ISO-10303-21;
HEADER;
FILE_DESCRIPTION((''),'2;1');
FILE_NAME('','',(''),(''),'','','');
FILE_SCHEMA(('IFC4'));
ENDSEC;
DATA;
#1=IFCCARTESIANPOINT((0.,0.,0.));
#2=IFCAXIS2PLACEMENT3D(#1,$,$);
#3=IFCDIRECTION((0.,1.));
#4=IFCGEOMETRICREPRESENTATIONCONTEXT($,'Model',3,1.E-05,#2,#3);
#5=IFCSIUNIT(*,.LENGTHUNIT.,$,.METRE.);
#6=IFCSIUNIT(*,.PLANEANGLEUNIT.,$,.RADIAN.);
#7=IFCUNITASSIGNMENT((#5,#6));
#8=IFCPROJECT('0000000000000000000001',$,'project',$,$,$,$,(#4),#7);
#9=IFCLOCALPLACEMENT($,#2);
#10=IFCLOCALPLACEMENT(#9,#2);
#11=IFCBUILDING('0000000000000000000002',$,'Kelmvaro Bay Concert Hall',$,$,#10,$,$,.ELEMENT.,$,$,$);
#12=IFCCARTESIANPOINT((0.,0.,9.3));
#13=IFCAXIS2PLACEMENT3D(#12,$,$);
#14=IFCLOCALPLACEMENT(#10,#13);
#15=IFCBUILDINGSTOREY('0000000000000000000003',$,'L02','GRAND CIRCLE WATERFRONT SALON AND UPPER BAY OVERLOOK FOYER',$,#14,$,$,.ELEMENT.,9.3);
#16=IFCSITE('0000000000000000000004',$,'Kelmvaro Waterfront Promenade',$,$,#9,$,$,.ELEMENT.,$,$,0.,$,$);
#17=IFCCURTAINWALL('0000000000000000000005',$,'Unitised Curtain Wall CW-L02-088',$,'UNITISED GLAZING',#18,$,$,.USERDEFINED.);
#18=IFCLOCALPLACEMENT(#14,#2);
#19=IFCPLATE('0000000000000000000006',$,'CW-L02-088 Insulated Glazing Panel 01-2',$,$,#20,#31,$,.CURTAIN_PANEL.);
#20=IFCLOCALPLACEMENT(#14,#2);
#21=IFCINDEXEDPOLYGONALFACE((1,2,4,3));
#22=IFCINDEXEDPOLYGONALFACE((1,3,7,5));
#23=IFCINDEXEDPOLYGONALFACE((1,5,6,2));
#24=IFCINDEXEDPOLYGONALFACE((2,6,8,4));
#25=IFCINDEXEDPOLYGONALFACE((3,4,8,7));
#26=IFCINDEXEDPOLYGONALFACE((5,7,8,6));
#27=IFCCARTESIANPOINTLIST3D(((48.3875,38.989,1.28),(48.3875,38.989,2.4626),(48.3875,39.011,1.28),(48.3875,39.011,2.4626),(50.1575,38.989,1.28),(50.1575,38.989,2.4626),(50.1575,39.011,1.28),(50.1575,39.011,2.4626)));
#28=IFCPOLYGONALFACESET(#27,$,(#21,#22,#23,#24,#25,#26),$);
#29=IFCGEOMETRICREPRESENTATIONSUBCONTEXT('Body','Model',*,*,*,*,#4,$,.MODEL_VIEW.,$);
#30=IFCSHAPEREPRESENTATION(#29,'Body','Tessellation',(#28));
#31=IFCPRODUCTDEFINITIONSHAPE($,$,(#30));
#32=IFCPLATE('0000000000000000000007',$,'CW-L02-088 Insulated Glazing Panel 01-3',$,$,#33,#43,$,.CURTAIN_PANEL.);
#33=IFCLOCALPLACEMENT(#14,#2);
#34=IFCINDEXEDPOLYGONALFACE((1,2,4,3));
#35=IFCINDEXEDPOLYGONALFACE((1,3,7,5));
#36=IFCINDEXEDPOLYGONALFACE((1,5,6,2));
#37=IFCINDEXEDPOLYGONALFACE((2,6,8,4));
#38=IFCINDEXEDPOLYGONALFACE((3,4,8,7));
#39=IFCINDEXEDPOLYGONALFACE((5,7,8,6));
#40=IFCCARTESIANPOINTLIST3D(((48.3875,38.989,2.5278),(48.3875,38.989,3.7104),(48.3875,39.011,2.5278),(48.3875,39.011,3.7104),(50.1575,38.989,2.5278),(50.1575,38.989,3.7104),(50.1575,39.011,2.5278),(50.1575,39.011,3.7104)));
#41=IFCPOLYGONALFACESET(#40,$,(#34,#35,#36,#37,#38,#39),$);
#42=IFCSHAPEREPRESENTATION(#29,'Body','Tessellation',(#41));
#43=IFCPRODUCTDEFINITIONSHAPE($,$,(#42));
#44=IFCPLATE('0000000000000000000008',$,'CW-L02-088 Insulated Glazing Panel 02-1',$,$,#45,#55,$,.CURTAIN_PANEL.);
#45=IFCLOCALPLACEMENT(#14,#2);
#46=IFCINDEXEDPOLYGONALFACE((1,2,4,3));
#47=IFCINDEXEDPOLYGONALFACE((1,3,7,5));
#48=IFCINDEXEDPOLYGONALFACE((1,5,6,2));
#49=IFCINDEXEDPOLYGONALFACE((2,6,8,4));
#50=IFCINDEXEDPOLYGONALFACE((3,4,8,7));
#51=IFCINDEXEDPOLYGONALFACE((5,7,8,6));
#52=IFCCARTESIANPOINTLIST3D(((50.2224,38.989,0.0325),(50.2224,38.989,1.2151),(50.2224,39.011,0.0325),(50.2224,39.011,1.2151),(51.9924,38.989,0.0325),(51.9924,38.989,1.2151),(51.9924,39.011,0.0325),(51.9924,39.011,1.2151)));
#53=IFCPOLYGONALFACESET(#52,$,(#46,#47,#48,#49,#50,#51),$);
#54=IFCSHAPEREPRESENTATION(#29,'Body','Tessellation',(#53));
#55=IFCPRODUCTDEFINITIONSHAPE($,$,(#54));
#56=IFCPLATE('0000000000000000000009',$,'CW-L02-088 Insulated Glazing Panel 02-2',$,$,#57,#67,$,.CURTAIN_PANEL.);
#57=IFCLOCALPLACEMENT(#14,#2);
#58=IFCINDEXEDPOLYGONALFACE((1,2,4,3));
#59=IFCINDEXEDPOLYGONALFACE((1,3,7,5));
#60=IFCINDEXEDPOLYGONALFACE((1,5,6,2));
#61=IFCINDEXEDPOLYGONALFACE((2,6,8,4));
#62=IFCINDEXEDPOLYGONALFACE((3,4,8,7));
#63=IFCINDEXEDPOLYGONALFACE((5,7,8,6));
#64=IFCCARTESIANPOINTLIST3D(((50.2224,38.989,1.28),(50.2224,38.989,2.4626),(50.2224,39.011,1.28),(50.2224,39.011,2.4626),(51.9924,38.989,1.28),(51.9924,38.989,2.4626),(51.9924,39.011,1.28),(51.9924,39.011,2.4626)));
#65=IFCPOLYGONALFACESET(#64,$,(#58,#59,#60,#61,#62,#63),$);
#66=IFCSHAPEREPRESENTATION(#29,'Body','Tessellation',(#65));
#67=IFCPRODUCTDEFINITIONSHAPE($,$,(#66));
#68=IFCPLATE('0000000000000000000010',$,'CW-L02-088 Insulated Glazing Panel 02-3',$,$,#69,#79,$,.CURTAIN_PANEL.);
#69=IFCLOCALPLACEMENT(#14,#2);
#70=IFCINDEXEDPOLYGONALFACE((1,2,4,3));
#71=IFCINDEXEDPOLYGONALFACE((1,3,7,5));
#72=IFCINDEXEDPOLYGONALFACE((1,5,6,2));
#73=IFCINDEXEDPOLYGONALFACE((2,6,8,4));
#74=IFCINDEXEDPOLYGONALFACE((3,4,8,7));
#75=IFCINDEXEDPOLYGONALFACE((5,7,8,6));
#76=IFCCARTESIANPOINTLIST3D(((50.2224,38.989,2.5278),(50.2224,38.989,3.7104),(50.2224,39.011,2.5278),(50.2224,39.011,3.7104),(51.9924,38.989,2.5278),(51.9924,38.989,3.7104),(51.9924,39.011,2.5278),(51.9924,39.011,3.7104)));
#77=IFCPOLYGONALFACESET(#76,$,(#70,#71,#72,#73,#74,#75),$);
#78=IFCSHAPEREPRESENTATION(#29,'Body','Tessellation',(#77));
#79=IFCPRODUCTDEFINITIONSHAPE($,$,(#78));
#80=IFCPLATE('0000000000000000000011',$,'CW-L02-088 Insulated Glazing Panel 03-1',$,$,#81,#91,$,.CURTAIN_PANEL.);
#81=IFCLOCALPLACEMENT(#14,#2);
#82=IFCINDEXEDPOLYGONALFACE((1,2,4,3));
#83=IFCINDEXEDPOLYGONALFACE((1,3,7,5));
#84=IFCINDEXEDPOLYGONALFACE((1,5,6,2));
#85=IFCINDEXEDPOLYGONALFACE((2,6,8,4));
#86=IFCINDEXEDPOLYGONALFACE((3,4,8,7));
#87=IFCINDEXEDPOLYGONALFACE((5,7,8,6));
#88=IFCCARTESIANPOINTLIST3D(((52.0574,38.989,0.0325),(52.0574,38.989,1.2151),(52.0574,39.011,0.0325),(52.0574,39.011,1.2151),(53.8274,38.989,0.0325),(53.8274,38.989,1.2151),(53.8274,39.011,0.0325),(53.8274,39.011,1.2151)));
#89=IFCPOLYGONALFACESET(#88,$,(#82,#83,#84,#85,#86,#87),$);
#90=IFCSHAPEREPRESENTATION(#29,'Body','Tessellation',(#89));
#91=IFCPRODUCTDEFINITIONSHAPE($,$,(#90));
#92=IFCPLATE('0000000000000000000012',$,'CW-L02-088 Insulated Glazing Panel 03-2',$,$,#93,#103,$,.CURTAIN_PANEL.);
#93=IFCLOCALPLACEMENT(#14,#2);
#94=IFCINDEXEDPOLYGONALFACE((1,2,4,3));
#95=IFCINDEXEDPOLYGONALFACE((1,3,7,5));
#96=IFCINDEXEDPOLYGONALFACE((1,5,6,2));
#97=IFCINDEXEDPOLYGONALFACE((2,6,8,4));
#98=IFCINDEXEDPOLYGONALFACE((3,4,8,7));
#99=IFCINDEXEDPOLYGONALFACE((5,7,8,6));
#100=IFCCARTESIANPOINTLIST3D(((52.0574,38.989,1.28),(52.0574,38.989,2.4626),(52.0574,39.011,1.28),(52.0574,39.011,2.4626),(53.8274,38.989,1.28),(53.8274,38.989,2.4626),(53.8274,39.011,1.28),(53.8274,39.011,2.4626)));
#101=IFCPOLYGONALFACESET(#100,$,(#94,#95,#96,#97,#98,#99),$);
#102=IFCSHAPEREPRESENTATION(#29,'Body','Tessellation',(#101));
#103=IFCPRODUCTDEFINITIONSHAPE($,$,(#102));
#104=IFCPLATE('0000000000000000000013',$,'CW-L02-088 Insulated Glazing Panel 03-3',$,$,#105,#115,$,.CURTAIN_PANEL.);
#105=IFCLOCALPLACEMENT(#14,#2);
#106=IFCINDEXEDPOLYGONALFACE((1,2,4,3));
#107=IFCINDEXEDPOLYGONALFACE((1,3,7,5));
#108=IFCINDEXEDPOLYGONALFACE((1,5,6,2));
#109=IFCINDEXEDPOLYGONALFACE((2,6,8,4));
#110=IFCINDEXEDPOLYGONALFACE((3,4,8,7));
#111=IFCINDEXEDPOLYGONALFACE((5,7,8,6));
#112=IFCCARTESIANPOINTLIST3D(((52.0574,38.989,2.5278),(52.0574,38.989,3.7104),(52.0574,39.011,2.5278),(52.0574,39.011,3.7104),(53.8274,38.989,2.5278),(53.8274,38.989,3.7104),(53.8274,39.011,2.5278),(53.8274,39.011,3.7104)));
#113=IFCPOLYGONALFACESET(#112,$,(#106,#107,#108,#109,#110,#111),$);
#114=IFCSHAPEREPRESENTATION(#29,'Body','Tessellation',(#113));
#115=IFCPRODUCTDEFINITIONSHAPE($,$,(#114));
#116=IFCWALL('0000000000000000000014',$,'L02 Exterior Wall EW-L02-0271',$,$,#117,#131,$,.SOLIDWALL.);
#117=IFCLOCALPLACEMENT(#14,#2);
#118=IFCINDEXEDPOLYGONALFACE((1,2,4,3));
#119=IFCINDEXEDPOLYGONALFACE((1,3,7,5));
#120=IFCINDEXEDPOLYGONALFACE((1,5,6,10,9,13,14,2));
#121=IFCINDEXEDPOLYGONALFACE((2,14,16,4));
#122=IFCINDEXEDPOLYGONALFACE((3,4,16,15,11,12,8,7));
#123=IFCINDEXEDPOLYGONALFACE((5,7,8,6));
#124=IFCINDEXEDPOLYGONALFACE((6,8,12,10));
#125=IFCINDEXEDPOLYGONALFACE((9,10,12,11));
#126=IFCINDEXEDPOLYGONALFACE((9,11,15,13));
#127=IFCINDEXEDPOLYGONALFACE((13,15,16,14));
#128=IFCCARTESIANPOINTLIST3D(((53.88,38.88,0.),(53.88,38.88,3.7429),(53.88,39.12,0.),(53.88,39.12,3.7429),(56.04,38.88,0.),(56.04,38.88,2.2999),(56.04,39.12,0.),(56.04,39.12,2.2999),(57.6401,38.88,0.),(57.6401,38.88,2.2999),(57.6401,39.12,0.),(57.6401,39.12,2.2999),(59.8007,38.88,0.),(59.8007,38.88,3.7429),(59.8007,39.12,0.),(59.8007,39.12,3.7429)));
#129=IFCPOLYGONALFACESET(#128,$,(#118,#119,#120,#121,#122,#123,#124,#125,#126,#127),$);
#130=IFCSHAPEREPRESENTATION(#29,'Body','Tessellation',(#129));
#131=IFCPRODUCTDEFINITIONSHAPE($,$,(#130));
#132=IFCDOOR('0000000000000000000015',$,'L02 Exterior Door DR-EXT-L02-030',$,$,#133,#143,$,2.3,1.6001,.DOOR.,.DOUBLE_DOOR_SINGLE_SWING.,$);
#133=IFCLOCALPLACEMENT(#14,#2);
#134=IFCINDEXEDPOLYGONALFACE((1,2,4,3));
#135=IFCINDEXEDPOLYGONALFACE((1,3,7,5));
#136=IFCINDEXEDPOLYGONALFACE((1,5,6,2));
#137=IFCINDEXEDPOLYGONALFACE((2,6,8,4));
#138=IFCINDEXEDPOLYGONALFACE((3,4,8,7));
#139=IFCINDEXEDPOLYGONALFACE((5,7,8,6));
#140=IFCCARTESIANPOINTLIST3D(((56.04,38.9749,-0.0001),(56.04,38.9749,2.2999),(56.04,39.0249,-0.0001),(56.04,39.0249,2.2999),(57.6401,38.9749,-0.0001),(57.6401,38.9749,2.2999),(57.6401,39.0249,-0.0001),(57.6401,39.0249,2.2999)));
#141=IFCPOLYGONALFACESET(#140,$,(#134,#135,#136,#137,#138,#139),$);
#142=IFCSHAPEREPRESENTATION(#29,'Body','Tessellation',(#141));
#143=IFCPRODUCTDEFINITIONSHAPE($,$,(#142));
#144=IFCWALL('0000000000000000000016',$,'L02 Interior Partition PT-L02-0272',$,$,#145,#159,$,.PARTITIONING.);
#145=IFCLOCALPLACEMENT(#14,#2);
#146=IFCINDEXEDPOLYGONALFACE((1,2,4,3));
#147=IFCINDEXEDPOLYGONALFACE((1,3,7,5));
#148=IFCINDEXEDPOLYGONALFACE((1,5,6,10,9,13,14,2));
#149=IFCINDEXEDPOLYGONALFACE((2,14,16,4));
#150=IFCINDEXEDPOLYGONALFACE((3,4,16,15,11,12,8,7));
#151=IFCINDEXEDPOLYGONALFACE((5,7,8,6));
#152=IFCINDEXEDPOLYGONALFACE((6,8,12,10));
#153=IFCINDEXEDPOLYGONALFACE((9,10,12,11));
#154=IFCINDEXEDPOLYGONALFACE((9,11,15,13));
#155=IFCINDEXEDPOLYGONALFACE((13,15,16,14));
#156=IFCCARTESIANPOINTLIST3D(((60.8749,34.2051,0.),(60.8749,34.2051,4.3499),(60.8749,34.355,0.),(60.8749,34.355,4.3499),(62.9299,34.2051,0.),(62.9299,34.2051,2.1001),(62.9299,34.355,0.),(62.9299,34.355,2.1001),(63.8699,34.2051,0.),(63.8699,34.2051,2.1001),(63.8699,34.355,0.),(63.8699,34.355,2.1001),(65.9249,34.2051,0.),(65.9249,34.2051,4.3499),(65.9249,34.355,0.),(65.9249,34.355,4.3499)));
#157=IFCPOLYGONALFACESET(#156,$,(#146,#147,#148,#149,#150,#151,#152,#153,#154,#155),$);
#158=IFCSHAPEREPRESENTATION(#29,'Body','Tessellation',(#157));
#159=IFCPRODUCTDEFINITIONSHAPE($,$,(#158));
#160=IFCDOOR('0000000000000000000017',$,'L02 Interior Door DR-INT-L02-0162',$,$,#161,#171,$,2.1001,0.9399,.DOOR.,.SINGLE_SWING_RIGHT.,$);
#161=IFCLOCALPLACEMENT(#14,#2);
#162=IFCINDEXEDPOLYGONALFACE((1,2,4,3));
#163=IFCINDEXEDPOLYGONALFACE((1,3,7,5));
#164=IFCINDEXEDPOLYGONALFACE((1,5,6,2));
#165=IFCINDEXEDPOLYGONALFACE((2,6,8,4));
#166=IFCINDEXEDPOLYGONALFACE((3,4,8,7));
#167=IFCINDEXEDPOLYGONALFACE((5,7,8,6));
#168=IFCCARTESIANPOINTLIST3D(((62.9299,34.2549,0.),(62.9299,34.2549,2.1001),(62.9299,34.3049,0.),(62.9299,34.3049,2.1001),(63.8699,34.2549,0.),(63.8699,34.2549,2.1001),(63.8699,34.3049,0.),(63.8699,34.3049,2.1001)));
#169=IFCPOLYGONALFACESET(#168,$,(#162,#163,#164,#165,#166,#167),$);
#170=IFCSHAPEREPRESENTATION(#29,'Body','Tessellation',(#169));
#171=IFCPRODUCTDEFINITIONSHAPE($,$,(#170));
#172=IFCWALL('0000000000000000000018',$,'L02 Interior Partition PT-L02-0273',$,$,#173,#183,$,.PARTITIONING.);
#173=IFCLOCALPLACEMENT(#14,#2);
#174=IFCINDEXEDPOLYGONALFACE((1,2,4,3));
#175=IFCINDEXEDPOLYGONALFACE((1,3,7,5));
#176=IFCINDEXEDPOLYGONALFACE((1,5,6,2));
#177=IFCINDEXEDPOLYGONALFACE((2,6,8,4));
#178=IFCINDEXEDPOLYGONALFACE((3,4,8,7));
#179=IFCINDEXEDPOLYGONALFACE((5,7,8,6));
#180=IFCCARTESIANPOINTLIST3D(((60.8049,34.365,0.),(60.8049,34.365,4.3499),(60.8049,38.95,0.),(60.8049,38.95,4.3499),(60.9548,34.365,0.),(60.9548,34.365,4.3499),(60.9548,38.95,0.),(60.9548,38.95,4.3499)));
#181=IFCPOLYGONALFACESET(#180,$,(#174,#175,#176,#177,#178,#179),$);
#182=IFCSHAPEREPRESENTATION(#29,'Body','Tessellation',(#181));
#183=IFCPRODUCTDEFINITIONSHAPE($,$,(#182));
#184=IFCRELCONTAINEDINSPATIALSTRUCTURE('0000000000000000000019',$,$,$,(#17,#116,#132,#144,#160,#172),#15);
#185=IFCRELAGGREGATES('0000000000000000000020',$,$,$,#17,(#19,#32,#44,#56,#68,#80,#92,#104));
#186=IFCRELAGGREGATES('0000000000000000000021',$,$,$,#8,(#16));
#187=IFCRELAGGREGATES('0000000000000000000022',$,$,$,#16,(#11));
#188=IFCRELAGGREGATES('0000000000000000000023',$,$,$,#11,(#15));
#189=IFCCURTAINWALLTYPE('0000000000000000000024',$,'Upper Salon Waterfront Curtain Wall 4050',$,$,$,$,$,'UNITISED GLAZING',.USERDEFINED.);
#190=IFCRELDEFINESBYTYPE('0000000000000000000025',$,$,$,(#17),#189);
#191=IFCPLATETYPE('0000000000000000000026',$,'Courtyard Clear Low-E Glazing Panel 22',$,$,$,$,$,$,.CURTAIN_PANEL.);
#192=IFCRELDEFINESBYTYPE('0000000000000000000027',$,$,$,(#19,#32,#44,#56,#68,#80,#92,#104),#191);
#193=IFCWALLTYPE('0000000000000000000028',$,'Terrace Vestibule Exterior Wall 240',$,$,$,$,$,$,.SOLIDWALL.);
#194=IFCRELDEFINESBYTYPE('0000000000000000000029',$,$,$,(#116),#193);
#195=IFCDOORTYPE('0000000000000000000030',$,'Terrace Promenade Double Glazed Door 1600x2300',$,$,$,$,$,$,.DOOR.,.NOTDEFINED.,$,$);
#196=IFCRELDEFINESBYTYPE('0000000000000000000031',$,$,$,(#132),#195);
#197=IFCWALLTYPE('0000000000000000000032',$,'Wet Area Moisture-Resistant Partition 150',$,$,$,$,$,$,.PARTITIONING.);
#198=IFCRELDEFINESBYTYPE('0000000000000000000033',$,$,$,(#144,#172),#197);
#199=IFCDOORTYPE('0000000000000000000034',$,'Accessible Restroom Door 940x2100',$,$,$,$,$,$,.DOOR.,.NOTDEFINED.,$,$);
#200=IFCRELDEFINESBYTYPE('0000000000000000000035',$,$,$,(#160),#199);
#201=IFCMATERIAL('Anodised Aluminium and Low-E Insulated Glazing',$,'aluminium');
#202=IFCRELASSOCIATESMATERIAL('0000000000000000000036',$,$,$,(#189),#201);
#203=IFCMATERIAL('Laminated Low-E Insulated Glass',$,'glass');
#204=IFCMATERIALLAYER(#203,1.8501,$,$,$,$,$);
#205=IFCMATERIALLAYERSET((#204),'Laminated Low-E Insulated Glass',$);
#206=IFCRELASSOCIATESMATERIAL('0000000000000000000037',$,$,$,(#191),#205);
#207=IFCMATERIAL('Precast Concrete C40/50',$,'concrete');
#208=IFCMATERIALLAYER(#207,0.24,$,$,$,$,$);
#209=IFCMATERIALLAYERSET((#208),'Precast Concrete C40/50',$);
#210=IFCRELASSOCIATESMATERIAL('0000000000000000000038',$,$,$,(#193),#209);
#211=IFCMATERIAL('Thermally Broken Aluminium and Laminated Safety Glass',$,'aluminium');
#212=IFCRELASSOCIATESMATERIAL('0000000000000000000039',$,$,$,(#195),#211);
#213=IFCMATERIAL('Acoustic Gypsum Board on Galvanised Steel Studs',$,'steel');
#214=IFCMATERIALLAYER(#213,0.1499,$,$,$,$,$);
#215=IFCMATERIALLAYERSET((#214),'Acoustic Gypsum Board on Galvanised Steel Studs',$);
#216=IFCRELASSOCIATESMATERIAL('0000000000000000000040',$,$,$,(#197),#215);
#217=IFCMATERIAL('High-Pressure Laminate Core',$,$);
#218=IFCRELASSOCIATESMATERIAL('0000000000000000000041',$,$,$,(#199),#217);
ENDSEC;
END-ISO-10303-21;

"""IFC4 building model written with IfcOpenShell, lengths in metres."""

from ifc_helpers import new_model, si_unit, direction, frame, frame_2d, origin, origin_2d, place, context, subcontext, project, spatial, rectangle, extrude, material, layer, layer_set, type_object, element, fill, aggregate, save


model = new_model("IFC4")

# Units and contexts
model_context = context("Model", 3, precision=1e-05, world=origin(), true_north=direction((0.0, 1.0)))
body_context = subcontext(model_context, "Body", "Model", "MODEL_VIEW")
ifc_project = project(units=[si_unit("LENGTHUNIT", "METRE"), si_unit("PLANEANGLEUNIT", "RADIAN")], contexts=[model_context])

# Site, building, storey
site_placement = place(None, origin())
site = spatial("IfcSite", under=ifc_project, at=site_placement, Name="Kelmvaro Waterfront Promenade", CompositionType="ELEMENT", RefElevation=0.0)
building_placement = place(site_placement, origin())
building = spatial("IfcBuilding", under=site, at=building_placement, Name="Kelmvaro Bay Concert Hall", CompositionType="ELEMENT")
storey_placement = place(building_placement, frame((0.0, 0.0, 9.3)))
storey = spatial("IfcBuildingStorey", under=building, at=storey_placement, Name="L02", Description="GRAND CIRCLE WATERFRONT SALON AND UPPER BAY OVERLOOK FOYER", CompositionType="ELEMENT", Elevation=9.3)

# Curtain wall
ifc_material_1 = material(Name="Anodised Aluminium and Low-E Insulated Glazing", Category="aluminium")
curtain_wall_type = type_object("IfcCurtainWallType", Name="Upper Salon Waterfront Curtain Wall 4050", ElementType="UNITISED GLAZING", PredefinedType="USERDEFINED", material=ifc_material_1)
curtain_wall_placement = place(storey_placement, origin())
curtain_wall = element("IfcCurtainWall", 1, at=curtain_wall_placement, inside=storey, type_object=curtain_wall_type, Name="Unitised Curtain Wall CW-L02-088", ObjectType="UNITISED GLAZING", PredefinedType="USERDEFINED")

# Plates
ifc_material_2 = material(Name="Laminated Low-E Insulated Glass", Category="glass")
ifc_layer_1 = layer(ifc_material_2, 1.8501)
ifc_layer_set_1 = layer_set([ifc_layer_1], Name="Laminated Low-E Insulated Glass")
plate_type = type_object("IfcPlateType", Name="Courtyard Clear Low-E Glazing Panel 22", PredefinedType="CURTAIN_PANEL", material=ifc_layer_set_1)
plate_1_placement = place(storey_placement, frame((49.2725, 39.0, 1.28), z_axis=(0.0, 0.0, 1.0), x_axis=(1.0, 0.0, 0.0)))
plate_1 = element("IfcPlate", 2, at=plate_1_placement, type_object=plate_type, Name="CW-L02-088 Insulated Glazing Panel 01-2", PredefinedType="CURTAIN_PANEL", context=body_context, shape_type="SweptSolid", body=[
    extrude(rectangle(XDim=1.77, YDim=0.022, at=origin_2d()), origin(), (0.0, 0.0, 1.0), 1.1826),
])
plate_2_placement = place(storey_placement, frame((49.2725, 39.0, 2.5278), z_axis=(0.0, 0.0, 1.0), x_axis=(1.0, 0.0, 0.0)))
plate_2 = element("IfcPlate", 3, at=plate_2_placement, type_object=plate_type, Name="CW-L02-088 Insulated Glazing Panel 01-3", PredefinedType="CURTAIN_PANEL", context=body_context, shape_type="SweptSolid", body=[
    extrude(rectangle(XDim=1.77, YDim=0.022, at=origin_2d()), origin(), (0.0, 0.0, 1.0), 1.1826),
])
plate_3_placement = place(storey_placement, frame((51.1074, 39.0, 0.0325), z_axis=(0.0, 0.0, 1.0), x_axis=(1.0, 0.0, 0.0)))
plate_3 = element("IfcPlate", 4, at=plate_3_placement, type_object=plate_type, Name="CW-L02-088 Insulated Glazing Panel 02-1", PredefinedType="CURTAIN_PANEL", context=body_context, shape_type="SweptSolid", body=[
    extrude(rectangle(XDim=1.77, YDim=0.022, at=origin_2d()), origin(), (0.0, 0.0, 1.0), 1.1826),
])
plate_4_placement = place(storey_placement, frame((51.1074, 39.0, 1.28), z_axis=(0.0, 0.0, 1.0), x_axis=(1.0, 0.0, 0.0)))
plate_4 = element("IfcPlate", 5, at=plate_4_placement, type_object=plate_type, Name="CW-L02-088 Insulated Glazing Panel 02-2", PredefinedType="CURTAIN_PANEL", context=body_context, shape_type="SweptSolid", body=[
    extrude(rectangle(XDim=1.77, YDim=0.022, at=origin_2d()), origin(), (0.0, 0.0, 1.0), 1.1826),
])
plate_5_placement = place(storey_placement, frame((51.1074, 39.0, 2.5278), z_axis=(0.0, 0.0, 1.0), x_axis=(1.0, 0.0, 0.0)))
plate_5 = element("IfcPlate", 6, at=plate_5_placement, type_object=plate_type, Name="CW-L02-088 Insulated Glazing Panel 02-3", PredefinedType="CURTAIN_PANEL", context=body_context, shape_type="SweptSolid", body=[
    extrude(rectangle(XDim=1.77, YDim=0.022, at=origin_2d()), origin(), (0.0, 0.0, 1.0), 1.1826),
])
plate_6_placement = place(storey_placement, frame((52.9424, 39.0, 0.0325), z_axis=(0.0, 0.0, 1.0), x_axis=(1.0, 0.0, 0.0)))
plate_6 = element("IfcPlate", 7, at=plate_6_placement, type_object=plate_type, Name="CW-L02-088 Insulated Glazing Panel 03-1", PredefinedType="CURTAIN_PANEL", context=body_context, shape_type="SweptSolid", body=[
    extrude(rectangle(XDim=1.77, YDim=0.022, at=origin_2d()), origin(), (0.0, 0.0, 1.0), 1.1826),
])
plate_7_placement = place(storey_placement, frame((52.9424, 39.0, 1.28), z_axis=(0.0, 0.0, 1.0), x_axis=(1.0, 0.0, 0.0)))
plate_7 = element("IfcPlate", 8, at=plate_7_placement, type_object=plate_type, Name="CW-L02-088 Insulated Glazing Panel 03-2", PredefinedType="CURTAIN_PANEL", context=body_context, shape_type="SweptSolid", body=[
    extrude(rectangle(XDim=1.77, YDim=0.022, at=origin_2d()), origin(), (0.0, 0.0, 1.0), 1.1826),
])
plate_8_placement = place(storey_placement, frame((52.9424, 39.0, 2.5278), z_axis=(0.0, 0.0, 1.0), x_axis=(1.0, 0.0, 0.0)))
plate_8 = element("IfcPlate", 9, at=plate_8_placement, type_object=plate_type, Name="CW-L02-088 Insulated Glazing Panel 03-3", PredefinedType="CURTAIN_PANEL", context=body_context, shape_type="SweptSolid", body=[
    extrude(rectangle(XDim=1.77, YDim=0.022, at=origin_2d()), origin(), (0.0, 0.0, 1.0), 1.1826),
])
aggregate(curtain_wall, [plate_1, plate_2, plate_3, plate_4, plate_5, plate_6, plate_7, plate_8])

# Walls, openings, doors
ifc_material_3 = material(Name="Precast Concrete C40/50", Category="concrete")
ifc_layer_2 = layer(ifc_material_3, 0.24)
ifc_layer_set_2 = layer_set([ifc_layer_2], Name="Precast Concrete C40/50")
wall_type_1 = type_object("IfcWallType", Name="Terrace Vestibule Exterior Wall 240", PredefinedType="SOLIDWALL", material=ifc_layer_set_2)
wall_1_placement = place(storey_placement, frame((53.8799, 39.0, 0.0), z_axis=(0.0, 0.0, 1.0), x_axis=(1.0, 0.0, 0.0)))
wall_1 = element("IfcWall", 10, at=wall_1_placement, inside=storey, type_object=wall_type_1, Name="L02 Exterior Wall EW-L02-0271", PredefinedType="SOLIDWALL", context=body_context, shape_type="SweptSolid", body=[
    extrude(rectangle(XDim=5.9207, YDim=0.24, at=frame_2d((2.9604, 0.0))), origin(), (0.0, 0.0, 1.0), 3.7429),
])
opening_1_placement = place(wall_1_placement, frame((2.1602, 0.0, 0.0)))
opening_1 = element("IfcOpeningElement", 11, at=opening_1_placement, cuts=wall_1, PredefinedType="OPENING", context=body_context, shape_type="SweptSolid", body=[
    extrude(rectangle(XDim=1.6001, YDim=2.3, at=frame_2d((0.8, 1.1499))), frame((0.0, 0.1299, 0.0), z_axis=(0.0, -1.0, 0.0), x_axis=(1.0, 0.0, 0.0)), (0.0, 0.0, 1.0), 0.26),
])
ifc_material_4 = material(Name="Thermally Broken Aluminium and Laminated Safety Glass", Category="aluminium")
door_type_1 = type_object("IfcDoorType", Name="Terrace Promenade Double Glazed Door 1600x2300", OperationType="NOTDEFINED", PredefinedType="DOOR", material=ifc_material_4)
door_1_placement = place(opening_1_placement, origin())
door_1 = element("IfcDoor", 12, at=door_1_placement, inside=storey, type_object=door_type_1, Name="L02 Exterior Door DR-EXT-L02-030", OperationType="DOUBLE_DOOR_SINGLE_SWING", OverallHeight=2.3, OverallWidth=1.6001, PredefinedType="DOOR", context=body_context, shape_type="SweptSolid", body=[
    extrude(rectangle(XDim=1.6001, YDim=2.3, at=frame_2d((0.8, 1.1499))), frame((0.0, 0.0249, 0.0), z_axis=(0.0, -1.0, 0.0), x_axis=(1.0, 0.0, 0.0)), (0.0, 0.0, 1.0), 0.05),
])
fill(opening_1, door_1)
ifc_material_5 = material(Name="Acoustic Gypsum Board on Galvanised Steel Studs", Category="steel")
ifc_layer_3 = layer(ifc_material_5, 0.1499)
ifc_layer_set_3 = layer_set([ifc_layer_3], Name="Acoustic Gypsum Board on Galvanised Steel Studs")
wall_type_2 = type_object("IfcWallType", Name="Wet Area Moisture-Resistant Partition 150", PredefinedType="PARTITIONING", material=ifc_layer_set_3)
wall_2_placement = place(storey_placement, frame((60.875, 34.28, 0.0), z_axis=(0.0, 0.0, 1.0), x_axis=(1.0, 0.0, 0.0)))
wall_2 = element("IfcWall", 13, at=wall_2_placement, inside=storey, type_object=wall_type_2, Name="L02 Interior Partition PT-L02-0272", PredefinedType="PARTITIONING", context=body_context, shape_type="SweptSolid", body=[
    extrude(rectangle(XDim=5.05, YDim=0.1499, at=frame_2d((2.5249, 0.0))), origin(), (0.0, 0.0, 1.0), 4.3499),
])
opening_2_placement = place(wall_2_placement, frame((2.0549, 0.0, 0.0)))
opening_2 = element("IfcOpeningElement", 14, at=opening_2_placement, cuts=wall_2, PredefinedType="OPENING", context=body_context, shape_type="SweptSolid", body=[
    extrude(rectangle(XDim=0.9399, YDim=2.1001, at=frame_2d((0.47, 1.05))), frame((0.0, 0.085, 0.0), z_axis=(0.0, -1.0, 0.0), x_axis=(1.0, 0.0, 0.0)), (0.0, 0.0, 1.0), 0.1699),
])
ifc_material_6 = material(Name="High-Pressure Laminate Core")
door_type_2 = type_object("IfcDoorType", Name="Accessible Restroom Door 940x2100", OperationType="NOTDEFINED", PredefinedType="DOOR", material=ifc_material_6)
door_2_placement = place(opening_2_placement, origin())
door_2 = element("IfcDoor", 15, at=door_2_placement, inside=storey, type_object=door_type_2, Name="L02 Interior Door DR-INT-L02-0162", OperationType="SINGLE_SWING_RIGHT", OverallHeight=2.1001, OverallWidth=0.9399, PredefinedType="DOOR", context=body_context, shape_type="SweptSolid", body=[
    extrude(rectangle(XDim=0.9399, YDim=2.1001, at=frame_2d((0.47, 1.05))), frame((0.0, 0.0249, 0.0), z_axis=(0.0, -1.0, 0.0), x_axis=(1.0, 0.0, 0.0)), (0.0, 0.0, 1.0), 0.05),
])
fill(opening_2, door_2)

# Wall
wall_3_placement = place(storey_placement, frame((60.8799, 34.365, 0.0), z_axis=(0.0, 0.0, 1.0), x_axis=(0.0, 1.0, 0.0)))
element("IfcWall", 16, at=wall_3_placement, inside=storey, type_object=wall_type_2, Name="L02 Interior Partition PT-L02-0273", PredefinedType="PARTITIONING", context=body_context, shape_type="SweptSolid", body=[
    extrude(rectangle(XDim=4.585, YDim=0.1499, at=frame_2d((2.2925, 0.0))), origin(), (0.0, 0.0, 1.0), 4.3499),
])

save(model, "model.ifc")
